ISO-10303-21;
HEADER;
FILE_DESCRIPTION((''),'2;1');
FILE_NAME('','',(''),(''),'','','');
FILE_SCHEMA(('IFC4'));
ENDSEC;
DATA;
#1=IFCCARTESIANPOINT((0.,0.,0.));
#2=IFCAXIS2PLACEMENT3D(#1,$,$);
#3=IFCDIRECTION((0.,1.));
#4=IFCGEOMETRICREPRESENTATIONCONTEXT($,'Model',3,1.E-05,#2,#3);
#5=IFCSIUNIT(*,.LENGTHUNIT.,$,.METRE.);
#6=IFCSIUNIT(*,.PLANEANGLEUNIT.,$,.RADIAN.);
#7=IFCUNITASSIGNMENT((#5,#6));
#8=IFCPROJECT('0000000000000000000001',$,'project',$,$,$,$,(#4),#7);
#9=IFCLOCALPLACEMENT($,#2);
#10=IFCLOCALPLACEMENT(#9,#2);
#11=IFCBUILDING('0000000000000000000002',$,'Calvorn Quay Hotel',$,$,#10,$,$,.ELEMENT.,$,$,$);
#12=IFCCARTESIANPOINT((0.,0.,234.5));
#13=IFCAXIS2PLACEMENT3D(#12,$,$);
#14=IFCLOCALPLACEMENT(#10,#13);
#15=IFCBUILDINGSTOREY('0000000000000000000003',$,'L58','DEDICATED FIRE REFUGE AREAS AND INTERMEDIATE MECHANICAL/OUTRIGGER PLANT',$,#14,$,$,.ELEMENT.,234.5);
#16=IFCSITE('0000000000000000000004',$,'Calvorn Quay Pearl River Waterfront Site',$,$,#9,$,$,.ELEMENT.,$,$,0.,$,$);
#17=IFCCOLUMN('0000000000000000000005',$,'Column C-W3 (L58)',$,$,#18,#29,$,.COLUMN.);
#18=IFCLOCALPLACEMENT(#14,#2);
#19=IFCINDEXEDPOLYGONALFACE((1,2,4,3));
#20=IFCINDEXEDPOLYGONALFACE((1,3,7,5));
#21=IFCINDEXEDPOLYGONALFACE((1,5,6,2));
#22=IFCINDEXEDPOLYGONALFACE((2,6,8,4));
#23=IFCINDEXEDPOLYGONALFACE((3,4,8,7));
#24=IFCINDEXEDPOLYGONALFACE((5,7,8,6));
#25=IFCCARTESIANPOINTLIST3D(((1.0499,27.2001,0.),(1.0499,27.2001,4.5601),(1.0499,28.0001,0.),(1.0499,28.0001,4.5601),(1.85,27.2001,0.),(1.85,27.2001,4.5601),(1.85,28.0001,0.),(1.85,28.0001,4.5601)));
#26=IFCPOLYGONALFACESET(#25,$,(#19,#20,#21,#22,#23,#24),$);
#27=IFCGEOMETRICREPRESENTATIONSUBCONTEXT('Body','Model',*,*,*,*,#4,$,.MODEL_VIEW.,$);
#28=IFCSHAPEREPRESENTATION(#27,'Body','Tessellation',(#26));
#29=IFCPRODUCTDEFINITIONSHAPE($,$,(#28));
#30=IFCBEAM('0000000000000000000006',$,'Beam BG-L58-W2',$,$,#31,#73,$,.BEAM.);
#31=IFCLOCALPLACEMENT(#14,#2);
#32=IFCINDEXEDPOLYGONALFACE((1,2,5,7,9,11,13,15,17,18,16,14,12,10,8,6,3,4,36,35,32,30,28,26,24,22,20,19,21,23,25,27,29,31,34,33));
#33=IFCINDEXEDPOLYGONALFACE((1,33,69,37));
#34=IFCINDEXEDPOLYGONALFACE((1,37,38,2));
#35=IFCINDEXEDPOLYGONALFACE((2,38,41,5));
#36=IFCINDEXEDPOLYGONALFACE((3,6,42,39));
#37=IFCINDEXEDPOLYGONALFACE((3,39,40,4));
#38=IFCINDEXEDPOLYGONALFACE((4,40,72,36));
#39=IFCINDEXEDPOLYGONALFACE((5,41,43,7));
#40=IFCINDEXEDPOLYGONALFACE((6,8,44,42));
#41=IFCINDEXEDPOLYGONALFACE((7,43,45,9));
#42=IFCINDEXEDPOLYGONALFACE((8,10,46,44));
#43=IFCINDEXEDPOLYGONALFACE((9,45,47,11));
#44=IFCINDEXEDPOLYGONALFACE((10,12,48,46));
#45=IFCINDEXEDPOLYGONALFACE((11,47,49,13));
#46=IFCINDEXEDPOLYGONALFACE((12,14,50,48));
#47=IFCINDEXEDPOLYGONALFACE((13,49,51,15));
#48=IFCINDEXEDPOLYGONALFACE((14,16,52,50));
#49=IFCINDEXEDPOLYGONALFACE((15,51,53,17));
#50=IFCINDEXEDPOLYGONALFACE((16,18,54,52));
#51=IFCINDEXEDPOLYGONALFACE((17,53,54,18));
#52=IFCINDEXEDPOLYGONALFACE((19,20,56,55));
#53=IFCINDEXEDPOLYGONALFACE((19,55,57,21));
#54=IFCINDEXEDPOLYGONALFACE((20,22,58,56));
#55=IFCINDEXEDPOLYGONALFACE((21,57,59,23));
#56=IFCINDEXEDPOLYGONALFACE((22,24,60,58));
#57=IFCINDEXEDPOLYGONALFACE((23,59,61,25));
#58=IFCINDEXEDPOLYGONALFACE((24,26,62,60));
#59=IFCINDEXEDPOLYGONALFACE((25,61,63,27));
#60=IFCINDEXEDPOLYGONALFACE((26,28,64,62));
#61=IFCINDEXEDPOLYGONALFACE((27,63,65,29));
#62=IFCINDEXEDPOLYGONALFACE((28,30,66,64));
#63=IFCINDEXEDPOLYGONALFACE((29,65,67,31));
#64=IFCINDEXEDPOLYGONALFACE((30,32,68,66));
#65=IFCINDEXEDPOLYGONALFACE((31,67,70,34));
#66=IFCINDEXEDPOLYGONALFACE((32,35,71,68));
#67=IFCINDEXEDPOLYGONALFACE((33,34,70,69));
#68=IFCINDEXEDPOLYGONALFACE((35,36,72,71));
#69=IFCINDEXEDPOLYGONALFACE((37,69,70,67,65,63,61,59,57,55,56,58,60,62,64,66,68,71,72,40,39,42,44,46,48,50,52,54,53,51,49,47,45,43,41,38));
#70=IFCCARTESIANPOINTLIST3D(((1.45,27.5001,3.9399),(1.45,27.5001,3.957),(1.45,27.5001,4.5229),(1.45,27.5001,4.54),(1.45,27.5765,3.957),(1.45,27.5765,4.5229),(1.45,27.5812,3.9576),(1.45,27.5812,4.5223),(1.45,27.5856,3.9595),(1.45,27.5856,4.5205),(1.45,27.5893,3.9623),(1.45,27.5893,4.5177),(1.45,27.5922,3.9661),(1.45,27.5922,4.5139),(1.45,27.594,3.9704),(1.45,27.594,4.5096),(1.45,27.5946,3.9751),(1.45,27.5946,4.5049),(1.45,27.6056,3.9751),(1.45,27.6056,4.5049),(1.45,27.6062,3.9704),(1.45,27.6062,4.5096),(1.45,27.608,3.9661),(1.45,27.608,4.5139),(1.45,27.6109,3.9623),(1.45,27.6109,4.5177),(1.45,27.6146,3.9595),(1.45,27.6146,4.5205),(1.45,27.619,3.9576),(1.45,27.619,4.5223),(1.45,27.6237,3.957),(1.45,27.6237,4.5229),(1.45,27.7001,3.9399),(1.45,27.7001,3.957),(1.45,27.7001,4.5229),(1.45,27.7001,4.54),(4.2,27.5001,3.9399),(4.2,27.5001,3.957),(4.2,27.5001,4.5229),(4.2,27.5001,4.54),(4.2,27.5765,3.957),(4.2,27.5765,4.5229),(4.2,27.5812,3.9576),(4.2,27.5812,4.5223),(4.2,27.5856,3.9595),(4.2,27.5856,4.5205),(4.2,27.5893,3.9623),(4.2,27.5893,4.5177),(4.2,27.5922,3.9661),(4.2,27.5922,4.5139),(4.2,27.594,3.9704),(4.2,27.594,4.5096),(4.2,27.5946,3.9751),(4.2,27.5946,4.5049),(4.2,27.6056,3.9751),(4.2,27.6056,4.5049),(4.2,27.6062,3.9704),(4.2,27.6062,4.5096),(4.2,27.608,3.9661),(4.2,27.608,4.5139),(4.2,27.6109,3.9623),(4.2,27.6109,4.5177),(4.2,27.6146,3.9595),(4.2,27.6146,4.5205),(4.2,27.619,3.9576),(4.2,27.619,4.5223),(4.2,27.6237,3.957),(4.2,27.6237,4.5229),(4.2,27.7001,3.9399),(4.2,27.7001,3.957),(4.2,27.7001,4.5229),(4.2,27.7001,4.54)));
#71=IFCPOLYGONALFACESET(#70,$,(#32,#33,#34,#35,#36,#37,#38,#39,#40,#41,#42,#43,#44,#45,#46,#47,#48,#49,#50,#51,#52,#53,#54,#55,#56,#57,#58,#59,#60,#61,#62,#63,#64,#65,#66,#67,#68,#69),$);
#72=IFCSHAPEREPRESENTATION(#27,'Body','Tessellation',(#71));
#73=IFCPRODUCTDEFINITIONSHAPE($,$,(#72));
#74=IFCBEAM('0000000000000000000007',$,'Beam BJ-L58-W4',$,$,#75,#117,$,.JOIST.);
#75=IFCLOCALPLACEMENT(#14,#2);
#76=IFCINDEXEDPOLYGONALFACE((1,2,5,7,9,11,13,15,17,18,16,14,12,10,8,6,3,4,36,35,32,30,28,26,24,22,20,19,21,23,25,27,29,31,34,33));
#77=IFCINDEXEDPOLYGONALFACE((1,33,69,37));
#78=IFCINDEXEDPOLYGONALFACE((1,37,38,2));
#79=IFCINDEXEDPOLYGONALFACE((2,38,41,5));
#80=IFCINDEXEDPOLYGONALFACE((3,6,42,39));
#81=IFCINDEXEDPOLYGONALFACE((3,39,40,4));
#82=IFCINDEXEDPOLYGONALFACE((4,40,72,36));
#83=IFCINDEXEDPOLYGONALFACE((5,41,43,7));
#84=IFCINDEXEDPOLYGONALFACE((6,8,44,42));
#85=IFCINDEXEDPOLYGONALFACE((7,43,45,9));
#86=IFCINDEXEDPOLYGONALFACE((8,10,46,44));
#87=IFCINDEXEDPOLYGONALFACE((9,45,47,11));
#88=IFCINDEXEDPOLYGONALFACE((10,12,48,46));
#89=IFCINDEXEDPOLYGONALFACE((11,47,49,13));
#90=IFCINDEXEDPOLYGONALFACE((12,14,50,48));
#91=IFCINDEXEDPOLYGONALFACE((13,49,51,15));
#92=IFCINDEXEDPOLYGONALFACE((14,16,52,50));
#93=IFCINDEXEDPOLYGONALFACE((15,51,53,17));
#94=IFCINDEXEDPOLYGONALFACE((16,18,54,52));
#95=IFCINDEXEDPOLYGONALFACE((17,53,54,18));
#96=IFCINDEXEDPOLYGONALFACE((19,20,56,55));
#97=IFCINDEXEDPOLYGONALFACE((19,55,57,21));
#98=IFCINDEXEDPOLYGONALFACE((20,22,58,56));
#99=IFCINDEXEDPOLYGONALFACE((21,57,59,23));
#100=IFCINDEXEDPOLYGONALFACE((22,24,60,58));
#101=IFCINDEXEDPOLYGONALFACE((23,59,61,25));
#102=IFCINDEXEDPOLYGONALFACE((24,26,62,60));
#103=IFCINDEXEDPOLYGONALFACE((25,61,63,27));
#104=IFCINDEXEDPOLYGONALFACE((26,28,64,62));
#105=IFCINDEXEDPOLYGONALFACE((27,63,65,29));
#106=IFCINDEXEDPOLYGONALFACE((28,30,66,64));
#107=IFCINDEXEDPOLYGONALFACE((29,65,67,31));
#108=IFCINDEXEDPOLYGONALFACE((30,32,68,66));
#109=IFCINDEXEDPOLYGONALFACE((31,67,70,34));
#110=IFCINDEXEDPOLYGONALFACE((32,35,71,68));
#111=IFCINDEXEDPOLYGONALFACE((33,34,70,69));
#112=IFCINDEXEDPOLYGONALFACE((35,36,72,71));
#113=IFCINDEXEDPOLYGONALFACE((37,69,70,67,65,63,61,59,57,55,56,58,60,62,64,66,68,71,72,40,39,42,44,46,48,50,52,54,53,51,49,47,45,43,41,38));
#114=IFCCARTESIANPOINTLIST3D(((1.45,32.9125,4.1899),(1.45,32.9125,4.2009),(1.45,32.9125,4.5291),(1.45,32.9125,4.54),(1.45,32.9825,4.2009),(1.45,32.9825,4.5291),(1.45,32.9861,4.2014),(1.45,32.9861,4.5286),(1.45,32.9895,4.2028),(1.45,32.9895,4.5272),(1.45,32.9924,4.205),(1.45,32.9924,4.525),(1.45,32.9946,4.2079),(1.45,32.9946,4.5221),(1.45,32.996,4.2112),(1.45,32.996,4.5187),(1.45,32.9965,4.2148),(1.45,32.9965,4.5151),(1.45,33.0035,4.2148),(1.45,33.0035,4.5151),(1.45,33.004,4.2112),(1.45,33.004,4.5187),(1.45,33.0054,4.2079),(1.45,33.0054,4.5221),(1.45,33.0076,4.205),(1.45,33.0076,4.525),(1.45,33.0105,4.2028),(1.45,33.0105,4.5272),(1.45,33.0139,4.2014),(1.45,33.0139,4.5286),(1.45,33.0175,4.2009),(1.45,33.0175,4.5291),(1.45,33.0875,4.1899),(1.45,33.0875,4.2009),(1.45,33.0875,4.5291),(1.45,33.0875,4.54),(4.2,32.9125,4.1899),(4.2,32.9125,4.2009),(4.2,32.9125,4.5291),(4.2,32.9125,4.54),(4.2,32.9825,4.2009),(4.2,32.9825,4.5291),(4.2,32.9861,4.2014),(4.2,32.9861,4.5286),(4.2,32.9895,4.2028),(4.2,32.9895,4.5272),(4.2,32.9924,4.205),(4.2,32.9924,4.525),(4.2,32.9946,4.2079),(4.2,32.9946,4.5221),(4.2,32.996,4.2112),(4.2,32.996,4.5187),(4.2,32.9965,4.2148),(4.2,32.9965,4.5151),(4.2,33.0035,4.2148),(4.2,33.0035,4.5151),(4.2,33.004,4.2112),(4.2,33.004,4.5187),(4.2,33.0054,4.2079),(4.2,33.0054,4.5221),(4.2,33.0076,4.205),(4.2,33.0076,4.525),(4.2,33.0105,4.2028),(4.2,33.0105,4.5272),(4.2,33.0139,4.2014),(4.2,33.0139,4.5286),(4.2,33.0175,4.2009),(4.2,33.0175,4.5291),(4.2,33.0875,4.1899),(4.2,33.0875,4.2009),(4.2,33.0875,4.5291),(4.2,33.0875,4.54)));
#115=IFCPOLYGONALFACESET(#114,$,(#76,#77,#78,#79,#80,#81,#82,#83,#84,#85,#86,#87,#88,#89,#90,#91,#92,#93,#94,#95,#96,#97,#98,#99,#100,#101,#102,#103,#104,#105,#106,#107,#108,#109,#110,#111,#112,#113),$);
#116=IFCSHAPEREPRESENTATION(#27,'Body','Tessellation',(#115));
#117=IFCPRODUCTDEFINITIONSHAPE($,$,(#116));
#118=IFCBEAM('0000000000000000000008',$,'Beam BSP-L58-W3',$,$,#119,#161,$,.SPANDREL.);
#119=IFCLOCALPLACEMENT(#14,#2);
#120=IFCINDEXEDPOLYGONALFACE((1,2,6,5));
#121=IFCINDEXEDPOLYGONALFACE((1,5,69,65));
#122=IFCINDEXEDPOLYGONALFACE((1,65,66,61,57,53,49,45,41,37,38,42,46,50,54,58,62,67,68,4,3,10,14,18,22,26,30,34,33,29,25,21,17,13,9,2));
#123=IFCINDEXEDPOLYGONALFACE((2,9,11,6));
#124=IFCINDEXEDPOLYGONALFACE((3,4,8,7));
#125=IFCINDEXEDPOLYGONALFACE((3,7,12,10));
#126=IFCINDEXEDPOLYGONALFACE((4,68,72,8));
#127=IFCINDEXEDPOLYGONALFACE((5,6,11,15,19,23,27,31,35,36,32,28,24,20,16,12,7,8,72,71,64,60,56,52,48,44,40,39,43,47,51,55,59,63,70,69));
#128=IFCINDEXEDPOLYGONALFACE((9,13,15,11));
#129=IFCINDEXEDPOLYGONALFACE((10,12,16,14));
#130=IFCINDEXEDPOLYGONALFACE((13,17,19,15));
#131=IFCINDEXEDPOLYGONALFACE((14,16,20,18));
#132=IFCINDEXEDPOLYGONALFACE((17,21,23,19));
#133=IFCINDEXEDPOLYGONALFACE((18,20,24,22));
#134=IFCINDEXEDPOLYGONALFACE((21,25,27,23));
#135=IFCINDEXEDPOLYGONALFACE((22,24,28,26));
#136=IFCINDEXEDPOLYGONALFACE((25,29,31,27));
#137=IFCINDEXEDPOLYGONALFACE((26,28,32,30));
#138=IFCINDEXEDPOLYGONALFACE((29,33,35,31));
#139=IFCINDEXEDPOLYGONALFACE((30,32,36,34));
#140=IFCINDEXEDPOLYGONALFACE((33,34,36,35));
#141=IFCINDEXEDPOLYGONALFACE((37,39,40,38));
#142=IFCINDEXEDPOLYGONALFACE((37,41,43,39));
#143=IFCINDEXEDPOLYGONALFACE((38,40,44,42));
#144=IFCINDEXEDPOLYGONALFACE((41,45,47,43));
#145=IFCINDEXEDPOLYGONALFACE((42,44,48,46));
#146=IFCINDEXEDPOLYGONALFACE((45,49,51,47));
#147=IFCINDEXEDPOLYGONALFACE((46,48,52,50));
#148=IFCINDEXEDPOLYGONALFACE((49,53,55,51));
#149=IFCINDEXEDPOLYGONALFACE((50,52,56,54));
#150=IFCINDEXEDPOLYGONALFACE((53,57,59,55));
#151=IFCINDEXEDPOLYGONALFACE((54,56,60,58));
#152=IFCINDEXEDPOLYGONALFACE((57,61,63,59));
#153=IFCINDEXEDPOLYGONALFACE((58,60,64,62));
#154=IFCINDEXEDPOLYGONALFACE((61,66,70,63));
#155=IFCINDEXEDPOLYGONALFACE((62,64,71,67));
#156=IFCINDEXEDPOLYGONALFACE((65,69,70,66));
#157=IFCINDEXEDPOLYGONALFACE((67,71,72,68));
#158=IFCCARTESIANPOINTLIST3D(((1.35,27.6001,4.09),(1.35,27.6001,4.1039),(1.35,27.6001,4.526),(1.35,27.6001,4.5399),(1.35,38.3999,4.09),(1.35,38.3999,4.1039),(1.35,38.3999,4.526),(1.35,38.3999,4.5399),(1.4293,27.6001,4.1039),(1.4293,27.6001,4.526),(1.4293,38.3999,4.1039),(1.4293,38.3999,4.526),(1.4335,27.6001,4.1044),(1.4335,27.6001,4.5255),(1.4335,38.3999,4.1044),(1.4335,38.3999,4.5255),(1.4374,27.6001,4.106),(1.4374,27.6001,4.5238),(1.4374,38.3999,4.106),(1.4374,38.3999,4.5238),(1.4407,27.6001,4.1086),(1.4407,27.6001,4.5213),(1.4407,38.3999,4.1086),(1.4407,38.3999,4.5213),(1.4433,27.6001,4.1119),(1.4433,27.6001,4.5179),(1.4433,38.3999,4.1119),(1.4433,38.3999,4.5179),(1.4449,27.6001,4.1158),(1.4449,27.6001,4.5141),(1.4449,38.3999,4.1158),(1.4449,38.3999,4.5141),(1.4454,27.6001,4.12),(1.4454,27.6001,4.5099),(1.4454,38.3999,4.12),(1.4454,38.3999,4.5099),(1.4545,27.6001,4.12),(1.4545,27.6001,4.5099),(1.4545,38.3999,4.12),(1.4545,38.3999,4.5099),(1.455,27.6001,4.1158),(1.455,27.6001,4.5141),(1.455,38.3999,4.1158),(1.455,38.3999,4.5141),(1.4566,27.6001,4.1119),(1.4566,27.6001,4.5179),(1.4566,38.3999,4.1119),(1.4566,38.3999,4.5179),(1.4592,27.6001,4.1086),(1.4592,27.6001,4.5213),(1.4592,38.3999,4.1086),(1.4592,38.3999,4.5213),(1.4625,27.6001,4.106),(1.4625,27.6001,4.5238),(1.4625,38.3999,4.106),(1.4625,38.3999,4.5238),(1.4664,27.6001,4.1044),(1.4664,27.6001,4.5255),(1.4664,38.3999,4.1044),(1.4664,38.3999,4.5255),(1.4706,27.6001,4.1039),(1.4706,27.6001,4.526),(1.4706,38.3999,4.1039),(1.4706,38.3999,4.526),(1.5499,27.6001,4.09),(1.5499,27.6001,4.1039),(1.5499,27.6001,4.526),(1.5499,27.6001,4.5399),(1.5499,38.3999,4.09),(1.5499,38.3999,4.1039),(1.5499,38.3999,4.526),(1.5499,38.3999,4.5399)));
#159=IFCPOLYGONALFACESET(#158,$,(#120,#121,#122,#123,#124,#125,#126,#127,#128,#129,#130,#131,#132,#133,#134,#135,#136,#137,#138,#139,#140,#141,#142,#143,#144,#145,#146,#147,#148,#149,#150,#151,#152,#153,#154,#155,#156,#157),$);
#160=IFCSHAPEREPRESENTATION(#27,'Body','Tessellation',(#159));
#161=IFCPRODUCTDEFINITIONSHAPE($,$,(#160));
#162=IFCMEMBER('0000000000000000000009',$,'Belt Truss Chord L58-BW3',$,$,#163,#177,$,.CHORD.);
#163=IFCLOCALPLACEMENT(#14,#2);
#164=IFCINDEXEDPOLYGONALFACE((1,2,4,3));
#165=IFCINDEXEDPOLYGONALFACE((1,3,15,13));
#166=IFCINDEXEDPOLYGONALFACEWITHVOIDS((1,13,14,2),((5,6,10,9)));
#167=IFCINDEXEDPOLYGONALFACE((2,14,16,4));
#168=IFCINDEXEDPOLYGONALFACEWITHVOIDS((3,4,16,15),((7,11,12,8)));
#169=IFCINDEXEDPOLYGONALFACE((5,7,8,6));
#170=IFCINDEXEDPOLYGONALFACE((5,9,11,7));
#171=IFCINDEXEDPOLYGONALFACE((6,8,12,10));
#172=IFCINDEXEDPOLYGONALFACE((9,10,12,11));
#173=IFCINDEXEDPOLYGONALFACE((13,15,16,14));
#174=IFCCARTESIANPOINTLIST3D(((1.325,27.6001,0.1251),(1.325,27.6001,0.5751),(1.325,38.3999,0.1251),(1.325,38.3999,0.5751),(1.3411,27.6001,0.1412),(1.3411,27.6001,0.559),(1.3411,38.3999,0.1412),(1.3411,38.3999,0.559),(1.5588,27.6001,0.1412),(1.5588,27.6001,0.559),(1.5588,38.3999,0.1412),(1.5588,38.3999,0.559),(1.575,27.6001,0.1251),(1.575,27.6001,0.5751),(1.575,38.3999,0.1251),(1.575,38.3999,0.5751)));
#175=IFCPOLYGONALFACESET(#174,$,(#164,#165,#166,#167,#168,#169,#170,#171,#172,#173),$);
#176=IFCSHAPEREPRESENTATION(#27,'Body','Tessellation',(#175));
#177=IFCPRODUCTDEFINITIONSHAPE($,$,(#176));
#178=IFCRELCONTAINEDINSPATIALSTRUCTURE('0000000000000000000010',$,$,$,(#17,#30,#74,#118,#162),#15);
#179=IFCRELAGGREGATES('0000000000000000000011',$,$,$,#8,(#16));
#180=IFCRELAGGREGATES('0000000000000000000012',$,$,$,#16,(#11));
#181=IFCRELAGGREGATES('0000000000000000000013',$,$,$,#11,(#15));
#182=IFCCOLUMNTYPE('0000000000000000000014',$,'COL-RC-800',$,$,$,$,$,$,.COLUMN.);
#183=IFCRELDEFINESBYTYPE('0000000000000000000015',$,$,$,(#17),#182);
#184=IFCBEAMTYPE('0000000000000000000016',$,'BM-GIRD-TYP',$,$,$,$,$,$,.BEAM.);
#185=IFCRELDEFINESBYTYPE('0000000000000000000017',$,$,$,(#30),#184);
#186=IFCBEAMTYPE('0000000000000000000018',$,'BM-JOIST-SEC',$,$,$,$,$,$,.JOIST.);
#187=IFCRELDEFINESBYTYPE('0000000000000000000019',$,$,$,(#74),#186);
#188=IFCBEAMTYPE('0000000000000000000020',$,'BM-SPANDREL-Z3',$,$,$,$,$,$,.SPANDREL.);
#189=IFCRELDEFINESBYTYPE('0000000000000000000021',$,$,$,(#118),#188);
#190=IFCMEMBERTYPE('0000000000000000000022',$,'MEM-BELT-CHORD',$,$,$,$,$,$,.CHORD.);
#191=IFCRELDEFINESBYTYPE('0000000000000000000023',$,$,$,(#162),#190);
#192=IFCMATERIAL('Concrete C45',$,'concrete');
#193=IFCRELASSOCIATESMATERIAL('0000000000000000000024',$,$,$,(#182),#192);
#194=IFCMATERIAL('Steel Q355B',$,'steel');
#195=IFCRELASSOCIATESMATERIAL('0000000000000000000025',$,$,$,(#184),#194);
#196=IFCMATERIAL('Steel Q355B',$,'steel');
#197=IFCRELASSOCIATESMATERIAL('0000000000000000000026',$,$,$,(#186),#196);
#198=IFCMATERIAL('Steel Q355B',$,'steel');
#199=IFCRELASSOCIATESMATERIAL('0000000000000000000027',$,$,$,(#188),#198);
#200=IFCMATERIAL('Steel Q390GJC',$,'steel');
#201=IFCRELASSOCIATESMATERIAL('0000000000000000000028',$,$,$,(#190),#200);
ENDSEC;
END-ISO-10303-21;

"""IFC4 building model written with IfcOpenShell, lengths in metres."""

from ifc_helpers import new_model, si_unit, direction, frame, origin, origin_2d, place, context, subcontext, project, spatial, rectangle, hollow_rectangle, i_section, extrude, material, material_profile, profile_set, type_object, element, save


model = new_model("IFC4")

# Units and contexts
model_context = context("Model", 3, precision=1e-05, world=origin(), true_north=direction((0.0, 1.0)))
body_context = subcontext(model_context, "Body", "Model", "MODEL_VIEW")
ifc_project = project(units=[si_unit("LENGTHUNIT", "METRE"), si_unit("PLANEANGLEUNIT", "RADIAN")], contexts=[model_context])

# Site, building, storey
site_placement = place(None, origin())
site = spatial("IfcSite", under=ifc_project, at=site_placement, Name="Calvorn Quay Pearl River Waterfront Site", CompositionType="ELEMENT", RefElevation=0.0)
building_placement = place(site_placement, origin())
building = spatial("IfcBuilding", under=site, at=building_placement, Name="Calvorn Quay Hotel", CompositionType="ELEMENT")
storey_placement = place(building_placement, frame((0.0, 0.0, 234.5)))
storey = spatial("IfcBuildingStorey", under=building, at=storey_placement, Name="L58", Description="DEDICATED FIRE REFUGE AREAS AND INTERMEDIATE MECHANICAL/OUTRIGGER PLANT", CompositionType="ELEMENT", Elevation=234.5)

# Column
ifc_material_1 = material(Name="Concrete C45", Category="concrete")
ifc_material_profile_1 = material_profile(ifc_material_1, rectangle(XDim=0.8, YDim=0.8, at=origin_2d()), Name="RC800x800")
ifc_profile_set_1 = profile_set([ifc_material_profile_1], Name="Concrete C45")
column_type = type_object("IfcColumnType", Name="COL-RC-800", PredefinedType="COLUMN", material=ifc_profile_set_1)
column_placement = place(storey_placement, frame((1.45, 27.6001, 0.0), z_axis=(0.0, 0.0, 1.0), x_axis=(1.0, 0.0, 0.0)))
element("IfcColumn", 1, at=column_placement, inside=storey, type_object=column_type, Name="Column C-W3 (L58)", PredefinedType="COLUMN", context=body_context, shape_type="SweptSolid", body=[
    extrude(rectangle(XDim=0.8, YDim=0.8, at=origin_2d()), origin(), (0.0, 0.0, 1.0), 4.5601),
])

# Beams
ifc_material_2 = material(Name="Steel Q355B", Category="steel")
ifc_material_profile_2 = material_profile(ifc_material_2, i_section(OverallWidth=0.2, OverallDepth=0.6001, WebThickness=0.011, FlangeThickness=0.0171, FilletRadius=0.0181, at=origin_2d()), Name="HN600x200x11x17")
ifc_profile_set_2 = profile_set([ifc_material_profile_2], Name="Steel Q355B")
beam_type_1 = type_object("IfcBeamType", Name="BM-GIRD-TYP", PredefinedType="BEAM", material=ifc_profile_set_2)
beam_1_placement = place(storey_placement, frame((1.45, 27.6001, 4.24), z_axis=(1.0, 0.0, 0.0), x_axis=(0.0, 1.0, 0.0)))
element("IfcBeam", 2, at=beam_1_placement, inside=storey, type_object=beam_type_1, Name="Beam BG-L58-W2", PredefinedType="BEAM", context=body_context, shape_type="SweptSolid", body=[
    extrude(i_section(OverallWidth=0.2, OverallDepth=0.6001, WebThickness=0.011, FlangeThickness=0.0171, FilletRadius=0.0181, at=origin_2d()), origin(), (0.0, 0.0, 1.0), 2.75),
])
ifc_material_3 = material(Name="Steel Q355B", Category="steel")
ifc_material_profile_3 = material_profile(ifc_material_3, i_section(OverallWidth=0.175, OverallDepth=0.3501, WebThickness=0.0071, FlangeThickness=0.011, FilletRadius=0.0139, at=origin_2d()), Name="HN350x175x7x11")
ifc_profile_set_3 = profile_set([ifc_material_profile_3], Name="Steel Q355B")
beam_type_2 = type_object("IfcBeamType", Name="BM-JOIST-SEC", PredefinedType="JOIST", material=ifc_profile_set_3)
beam_2_placement = place(storey_placement, frame((1.45, 33.0, 4.365), z_axis=(1.0, 0.0, 0.0), x_axis=(0.0, 1.0, 0.0)))
element("IfcBeam", 3, at=beam_2_placement, inside=storey, type_object=beam_type_2, Name="Beam BJ-L58-W4", PredefinedType="JOIST", context=body_context, shape_type="SweptSolid", body=[
    extrude(i_section(OverallWidth=0.175, OverallDepth=0.3501, WebThickness=0.0071, FlangeThickness=0.011, FilletRadius=0.0139, at=origin_2d()), origin(), (0.0, 0.0, 1.0), 2.75),
])
ifc_material_4 = material(Name="Steel Q355B", Category="steel")
ifc_material_profile_4 = material_profile(ifc_material_4, i_section(OverallWidth=0.2, OverallDepth=0.45, WebThickness=0.009, FlangeThickness=0.0139, FilletRadius=0.0161, at=origin_2d()), Name="HN450x200x9x14")
ifc_profile_set_4 = profile_set([ifc_material_profile_4], Name="Steel Q355B")
beam_type_3 = type_object("IfcBeamType", Name="BM-SPANDREL-Z3", PredefinedType="SPANDREL", material=ifc_profile_set_4)
beam_3_placement = place(storey_placement, frame((1.45, 27.6001, 4.3149), z_axis=(0.0, 1.0, 0.0), x_axis=(-1.0, 0.0, 0.0)))
element("IfcBeam", 4, at=beam_3_placement, inside=storey, type_object=beam_type_3, Name="Beam BSP-L58-W3", PredefinedType="SPANDREL", context=body_context, shape_type="SweptSolid", body=[
    extrude(i_section(OverallWidth=0.2, OverallDepth=0.45, WebThickness=0.009, FlangeThickness=0.0139, FilletRadius=0.0161, at=origin_2d()), origin(), (0.0, 0.0, 1.0), 10.7998),
])

# Member
ifc_material_5 = material(Name="Steel Q390GJC", Category="steel")
ifc_material_profile_5 = material_profile(ifc_material_5, hollow_rectangle(XDim=0.25, YDim=0.45, WallThickness=0.0161, at=origin_2d()), Name="RHS450x250x16")
ifc_profile_set_5 = profile_set([ifc_material_profile_5], Name="Steel Q390GJC")
member_type_1 = type_object("IfcMemberType", Name="MEM-BELT-CHORD", PredefinedType="CHORD", material=ifc_profile_set_5)
member_1_placement = place(storey_placement, frame((1.45, 27.6001, 0.3501), z_axis=(0.0, 1.0, 0.0), x_axis=(-1.0, 0.0, 0.0)))
element("IfcMember", 5, at=member_1_placement, inside=storey, type_object=member_type_1, Name="Belt Truss Chord L58-BW3", PredefinedType="CHORD", context=body_context, shape_type="SweptSolid", body=[
    extrude(hollow_rectangle(XDim=0.25, YDim=0.45, WallThickness=0.0161, at=origin_2d()), origin(), (0.0, 0.0, 1.0), 10.7998),
])

save(model, "model.ifc")
